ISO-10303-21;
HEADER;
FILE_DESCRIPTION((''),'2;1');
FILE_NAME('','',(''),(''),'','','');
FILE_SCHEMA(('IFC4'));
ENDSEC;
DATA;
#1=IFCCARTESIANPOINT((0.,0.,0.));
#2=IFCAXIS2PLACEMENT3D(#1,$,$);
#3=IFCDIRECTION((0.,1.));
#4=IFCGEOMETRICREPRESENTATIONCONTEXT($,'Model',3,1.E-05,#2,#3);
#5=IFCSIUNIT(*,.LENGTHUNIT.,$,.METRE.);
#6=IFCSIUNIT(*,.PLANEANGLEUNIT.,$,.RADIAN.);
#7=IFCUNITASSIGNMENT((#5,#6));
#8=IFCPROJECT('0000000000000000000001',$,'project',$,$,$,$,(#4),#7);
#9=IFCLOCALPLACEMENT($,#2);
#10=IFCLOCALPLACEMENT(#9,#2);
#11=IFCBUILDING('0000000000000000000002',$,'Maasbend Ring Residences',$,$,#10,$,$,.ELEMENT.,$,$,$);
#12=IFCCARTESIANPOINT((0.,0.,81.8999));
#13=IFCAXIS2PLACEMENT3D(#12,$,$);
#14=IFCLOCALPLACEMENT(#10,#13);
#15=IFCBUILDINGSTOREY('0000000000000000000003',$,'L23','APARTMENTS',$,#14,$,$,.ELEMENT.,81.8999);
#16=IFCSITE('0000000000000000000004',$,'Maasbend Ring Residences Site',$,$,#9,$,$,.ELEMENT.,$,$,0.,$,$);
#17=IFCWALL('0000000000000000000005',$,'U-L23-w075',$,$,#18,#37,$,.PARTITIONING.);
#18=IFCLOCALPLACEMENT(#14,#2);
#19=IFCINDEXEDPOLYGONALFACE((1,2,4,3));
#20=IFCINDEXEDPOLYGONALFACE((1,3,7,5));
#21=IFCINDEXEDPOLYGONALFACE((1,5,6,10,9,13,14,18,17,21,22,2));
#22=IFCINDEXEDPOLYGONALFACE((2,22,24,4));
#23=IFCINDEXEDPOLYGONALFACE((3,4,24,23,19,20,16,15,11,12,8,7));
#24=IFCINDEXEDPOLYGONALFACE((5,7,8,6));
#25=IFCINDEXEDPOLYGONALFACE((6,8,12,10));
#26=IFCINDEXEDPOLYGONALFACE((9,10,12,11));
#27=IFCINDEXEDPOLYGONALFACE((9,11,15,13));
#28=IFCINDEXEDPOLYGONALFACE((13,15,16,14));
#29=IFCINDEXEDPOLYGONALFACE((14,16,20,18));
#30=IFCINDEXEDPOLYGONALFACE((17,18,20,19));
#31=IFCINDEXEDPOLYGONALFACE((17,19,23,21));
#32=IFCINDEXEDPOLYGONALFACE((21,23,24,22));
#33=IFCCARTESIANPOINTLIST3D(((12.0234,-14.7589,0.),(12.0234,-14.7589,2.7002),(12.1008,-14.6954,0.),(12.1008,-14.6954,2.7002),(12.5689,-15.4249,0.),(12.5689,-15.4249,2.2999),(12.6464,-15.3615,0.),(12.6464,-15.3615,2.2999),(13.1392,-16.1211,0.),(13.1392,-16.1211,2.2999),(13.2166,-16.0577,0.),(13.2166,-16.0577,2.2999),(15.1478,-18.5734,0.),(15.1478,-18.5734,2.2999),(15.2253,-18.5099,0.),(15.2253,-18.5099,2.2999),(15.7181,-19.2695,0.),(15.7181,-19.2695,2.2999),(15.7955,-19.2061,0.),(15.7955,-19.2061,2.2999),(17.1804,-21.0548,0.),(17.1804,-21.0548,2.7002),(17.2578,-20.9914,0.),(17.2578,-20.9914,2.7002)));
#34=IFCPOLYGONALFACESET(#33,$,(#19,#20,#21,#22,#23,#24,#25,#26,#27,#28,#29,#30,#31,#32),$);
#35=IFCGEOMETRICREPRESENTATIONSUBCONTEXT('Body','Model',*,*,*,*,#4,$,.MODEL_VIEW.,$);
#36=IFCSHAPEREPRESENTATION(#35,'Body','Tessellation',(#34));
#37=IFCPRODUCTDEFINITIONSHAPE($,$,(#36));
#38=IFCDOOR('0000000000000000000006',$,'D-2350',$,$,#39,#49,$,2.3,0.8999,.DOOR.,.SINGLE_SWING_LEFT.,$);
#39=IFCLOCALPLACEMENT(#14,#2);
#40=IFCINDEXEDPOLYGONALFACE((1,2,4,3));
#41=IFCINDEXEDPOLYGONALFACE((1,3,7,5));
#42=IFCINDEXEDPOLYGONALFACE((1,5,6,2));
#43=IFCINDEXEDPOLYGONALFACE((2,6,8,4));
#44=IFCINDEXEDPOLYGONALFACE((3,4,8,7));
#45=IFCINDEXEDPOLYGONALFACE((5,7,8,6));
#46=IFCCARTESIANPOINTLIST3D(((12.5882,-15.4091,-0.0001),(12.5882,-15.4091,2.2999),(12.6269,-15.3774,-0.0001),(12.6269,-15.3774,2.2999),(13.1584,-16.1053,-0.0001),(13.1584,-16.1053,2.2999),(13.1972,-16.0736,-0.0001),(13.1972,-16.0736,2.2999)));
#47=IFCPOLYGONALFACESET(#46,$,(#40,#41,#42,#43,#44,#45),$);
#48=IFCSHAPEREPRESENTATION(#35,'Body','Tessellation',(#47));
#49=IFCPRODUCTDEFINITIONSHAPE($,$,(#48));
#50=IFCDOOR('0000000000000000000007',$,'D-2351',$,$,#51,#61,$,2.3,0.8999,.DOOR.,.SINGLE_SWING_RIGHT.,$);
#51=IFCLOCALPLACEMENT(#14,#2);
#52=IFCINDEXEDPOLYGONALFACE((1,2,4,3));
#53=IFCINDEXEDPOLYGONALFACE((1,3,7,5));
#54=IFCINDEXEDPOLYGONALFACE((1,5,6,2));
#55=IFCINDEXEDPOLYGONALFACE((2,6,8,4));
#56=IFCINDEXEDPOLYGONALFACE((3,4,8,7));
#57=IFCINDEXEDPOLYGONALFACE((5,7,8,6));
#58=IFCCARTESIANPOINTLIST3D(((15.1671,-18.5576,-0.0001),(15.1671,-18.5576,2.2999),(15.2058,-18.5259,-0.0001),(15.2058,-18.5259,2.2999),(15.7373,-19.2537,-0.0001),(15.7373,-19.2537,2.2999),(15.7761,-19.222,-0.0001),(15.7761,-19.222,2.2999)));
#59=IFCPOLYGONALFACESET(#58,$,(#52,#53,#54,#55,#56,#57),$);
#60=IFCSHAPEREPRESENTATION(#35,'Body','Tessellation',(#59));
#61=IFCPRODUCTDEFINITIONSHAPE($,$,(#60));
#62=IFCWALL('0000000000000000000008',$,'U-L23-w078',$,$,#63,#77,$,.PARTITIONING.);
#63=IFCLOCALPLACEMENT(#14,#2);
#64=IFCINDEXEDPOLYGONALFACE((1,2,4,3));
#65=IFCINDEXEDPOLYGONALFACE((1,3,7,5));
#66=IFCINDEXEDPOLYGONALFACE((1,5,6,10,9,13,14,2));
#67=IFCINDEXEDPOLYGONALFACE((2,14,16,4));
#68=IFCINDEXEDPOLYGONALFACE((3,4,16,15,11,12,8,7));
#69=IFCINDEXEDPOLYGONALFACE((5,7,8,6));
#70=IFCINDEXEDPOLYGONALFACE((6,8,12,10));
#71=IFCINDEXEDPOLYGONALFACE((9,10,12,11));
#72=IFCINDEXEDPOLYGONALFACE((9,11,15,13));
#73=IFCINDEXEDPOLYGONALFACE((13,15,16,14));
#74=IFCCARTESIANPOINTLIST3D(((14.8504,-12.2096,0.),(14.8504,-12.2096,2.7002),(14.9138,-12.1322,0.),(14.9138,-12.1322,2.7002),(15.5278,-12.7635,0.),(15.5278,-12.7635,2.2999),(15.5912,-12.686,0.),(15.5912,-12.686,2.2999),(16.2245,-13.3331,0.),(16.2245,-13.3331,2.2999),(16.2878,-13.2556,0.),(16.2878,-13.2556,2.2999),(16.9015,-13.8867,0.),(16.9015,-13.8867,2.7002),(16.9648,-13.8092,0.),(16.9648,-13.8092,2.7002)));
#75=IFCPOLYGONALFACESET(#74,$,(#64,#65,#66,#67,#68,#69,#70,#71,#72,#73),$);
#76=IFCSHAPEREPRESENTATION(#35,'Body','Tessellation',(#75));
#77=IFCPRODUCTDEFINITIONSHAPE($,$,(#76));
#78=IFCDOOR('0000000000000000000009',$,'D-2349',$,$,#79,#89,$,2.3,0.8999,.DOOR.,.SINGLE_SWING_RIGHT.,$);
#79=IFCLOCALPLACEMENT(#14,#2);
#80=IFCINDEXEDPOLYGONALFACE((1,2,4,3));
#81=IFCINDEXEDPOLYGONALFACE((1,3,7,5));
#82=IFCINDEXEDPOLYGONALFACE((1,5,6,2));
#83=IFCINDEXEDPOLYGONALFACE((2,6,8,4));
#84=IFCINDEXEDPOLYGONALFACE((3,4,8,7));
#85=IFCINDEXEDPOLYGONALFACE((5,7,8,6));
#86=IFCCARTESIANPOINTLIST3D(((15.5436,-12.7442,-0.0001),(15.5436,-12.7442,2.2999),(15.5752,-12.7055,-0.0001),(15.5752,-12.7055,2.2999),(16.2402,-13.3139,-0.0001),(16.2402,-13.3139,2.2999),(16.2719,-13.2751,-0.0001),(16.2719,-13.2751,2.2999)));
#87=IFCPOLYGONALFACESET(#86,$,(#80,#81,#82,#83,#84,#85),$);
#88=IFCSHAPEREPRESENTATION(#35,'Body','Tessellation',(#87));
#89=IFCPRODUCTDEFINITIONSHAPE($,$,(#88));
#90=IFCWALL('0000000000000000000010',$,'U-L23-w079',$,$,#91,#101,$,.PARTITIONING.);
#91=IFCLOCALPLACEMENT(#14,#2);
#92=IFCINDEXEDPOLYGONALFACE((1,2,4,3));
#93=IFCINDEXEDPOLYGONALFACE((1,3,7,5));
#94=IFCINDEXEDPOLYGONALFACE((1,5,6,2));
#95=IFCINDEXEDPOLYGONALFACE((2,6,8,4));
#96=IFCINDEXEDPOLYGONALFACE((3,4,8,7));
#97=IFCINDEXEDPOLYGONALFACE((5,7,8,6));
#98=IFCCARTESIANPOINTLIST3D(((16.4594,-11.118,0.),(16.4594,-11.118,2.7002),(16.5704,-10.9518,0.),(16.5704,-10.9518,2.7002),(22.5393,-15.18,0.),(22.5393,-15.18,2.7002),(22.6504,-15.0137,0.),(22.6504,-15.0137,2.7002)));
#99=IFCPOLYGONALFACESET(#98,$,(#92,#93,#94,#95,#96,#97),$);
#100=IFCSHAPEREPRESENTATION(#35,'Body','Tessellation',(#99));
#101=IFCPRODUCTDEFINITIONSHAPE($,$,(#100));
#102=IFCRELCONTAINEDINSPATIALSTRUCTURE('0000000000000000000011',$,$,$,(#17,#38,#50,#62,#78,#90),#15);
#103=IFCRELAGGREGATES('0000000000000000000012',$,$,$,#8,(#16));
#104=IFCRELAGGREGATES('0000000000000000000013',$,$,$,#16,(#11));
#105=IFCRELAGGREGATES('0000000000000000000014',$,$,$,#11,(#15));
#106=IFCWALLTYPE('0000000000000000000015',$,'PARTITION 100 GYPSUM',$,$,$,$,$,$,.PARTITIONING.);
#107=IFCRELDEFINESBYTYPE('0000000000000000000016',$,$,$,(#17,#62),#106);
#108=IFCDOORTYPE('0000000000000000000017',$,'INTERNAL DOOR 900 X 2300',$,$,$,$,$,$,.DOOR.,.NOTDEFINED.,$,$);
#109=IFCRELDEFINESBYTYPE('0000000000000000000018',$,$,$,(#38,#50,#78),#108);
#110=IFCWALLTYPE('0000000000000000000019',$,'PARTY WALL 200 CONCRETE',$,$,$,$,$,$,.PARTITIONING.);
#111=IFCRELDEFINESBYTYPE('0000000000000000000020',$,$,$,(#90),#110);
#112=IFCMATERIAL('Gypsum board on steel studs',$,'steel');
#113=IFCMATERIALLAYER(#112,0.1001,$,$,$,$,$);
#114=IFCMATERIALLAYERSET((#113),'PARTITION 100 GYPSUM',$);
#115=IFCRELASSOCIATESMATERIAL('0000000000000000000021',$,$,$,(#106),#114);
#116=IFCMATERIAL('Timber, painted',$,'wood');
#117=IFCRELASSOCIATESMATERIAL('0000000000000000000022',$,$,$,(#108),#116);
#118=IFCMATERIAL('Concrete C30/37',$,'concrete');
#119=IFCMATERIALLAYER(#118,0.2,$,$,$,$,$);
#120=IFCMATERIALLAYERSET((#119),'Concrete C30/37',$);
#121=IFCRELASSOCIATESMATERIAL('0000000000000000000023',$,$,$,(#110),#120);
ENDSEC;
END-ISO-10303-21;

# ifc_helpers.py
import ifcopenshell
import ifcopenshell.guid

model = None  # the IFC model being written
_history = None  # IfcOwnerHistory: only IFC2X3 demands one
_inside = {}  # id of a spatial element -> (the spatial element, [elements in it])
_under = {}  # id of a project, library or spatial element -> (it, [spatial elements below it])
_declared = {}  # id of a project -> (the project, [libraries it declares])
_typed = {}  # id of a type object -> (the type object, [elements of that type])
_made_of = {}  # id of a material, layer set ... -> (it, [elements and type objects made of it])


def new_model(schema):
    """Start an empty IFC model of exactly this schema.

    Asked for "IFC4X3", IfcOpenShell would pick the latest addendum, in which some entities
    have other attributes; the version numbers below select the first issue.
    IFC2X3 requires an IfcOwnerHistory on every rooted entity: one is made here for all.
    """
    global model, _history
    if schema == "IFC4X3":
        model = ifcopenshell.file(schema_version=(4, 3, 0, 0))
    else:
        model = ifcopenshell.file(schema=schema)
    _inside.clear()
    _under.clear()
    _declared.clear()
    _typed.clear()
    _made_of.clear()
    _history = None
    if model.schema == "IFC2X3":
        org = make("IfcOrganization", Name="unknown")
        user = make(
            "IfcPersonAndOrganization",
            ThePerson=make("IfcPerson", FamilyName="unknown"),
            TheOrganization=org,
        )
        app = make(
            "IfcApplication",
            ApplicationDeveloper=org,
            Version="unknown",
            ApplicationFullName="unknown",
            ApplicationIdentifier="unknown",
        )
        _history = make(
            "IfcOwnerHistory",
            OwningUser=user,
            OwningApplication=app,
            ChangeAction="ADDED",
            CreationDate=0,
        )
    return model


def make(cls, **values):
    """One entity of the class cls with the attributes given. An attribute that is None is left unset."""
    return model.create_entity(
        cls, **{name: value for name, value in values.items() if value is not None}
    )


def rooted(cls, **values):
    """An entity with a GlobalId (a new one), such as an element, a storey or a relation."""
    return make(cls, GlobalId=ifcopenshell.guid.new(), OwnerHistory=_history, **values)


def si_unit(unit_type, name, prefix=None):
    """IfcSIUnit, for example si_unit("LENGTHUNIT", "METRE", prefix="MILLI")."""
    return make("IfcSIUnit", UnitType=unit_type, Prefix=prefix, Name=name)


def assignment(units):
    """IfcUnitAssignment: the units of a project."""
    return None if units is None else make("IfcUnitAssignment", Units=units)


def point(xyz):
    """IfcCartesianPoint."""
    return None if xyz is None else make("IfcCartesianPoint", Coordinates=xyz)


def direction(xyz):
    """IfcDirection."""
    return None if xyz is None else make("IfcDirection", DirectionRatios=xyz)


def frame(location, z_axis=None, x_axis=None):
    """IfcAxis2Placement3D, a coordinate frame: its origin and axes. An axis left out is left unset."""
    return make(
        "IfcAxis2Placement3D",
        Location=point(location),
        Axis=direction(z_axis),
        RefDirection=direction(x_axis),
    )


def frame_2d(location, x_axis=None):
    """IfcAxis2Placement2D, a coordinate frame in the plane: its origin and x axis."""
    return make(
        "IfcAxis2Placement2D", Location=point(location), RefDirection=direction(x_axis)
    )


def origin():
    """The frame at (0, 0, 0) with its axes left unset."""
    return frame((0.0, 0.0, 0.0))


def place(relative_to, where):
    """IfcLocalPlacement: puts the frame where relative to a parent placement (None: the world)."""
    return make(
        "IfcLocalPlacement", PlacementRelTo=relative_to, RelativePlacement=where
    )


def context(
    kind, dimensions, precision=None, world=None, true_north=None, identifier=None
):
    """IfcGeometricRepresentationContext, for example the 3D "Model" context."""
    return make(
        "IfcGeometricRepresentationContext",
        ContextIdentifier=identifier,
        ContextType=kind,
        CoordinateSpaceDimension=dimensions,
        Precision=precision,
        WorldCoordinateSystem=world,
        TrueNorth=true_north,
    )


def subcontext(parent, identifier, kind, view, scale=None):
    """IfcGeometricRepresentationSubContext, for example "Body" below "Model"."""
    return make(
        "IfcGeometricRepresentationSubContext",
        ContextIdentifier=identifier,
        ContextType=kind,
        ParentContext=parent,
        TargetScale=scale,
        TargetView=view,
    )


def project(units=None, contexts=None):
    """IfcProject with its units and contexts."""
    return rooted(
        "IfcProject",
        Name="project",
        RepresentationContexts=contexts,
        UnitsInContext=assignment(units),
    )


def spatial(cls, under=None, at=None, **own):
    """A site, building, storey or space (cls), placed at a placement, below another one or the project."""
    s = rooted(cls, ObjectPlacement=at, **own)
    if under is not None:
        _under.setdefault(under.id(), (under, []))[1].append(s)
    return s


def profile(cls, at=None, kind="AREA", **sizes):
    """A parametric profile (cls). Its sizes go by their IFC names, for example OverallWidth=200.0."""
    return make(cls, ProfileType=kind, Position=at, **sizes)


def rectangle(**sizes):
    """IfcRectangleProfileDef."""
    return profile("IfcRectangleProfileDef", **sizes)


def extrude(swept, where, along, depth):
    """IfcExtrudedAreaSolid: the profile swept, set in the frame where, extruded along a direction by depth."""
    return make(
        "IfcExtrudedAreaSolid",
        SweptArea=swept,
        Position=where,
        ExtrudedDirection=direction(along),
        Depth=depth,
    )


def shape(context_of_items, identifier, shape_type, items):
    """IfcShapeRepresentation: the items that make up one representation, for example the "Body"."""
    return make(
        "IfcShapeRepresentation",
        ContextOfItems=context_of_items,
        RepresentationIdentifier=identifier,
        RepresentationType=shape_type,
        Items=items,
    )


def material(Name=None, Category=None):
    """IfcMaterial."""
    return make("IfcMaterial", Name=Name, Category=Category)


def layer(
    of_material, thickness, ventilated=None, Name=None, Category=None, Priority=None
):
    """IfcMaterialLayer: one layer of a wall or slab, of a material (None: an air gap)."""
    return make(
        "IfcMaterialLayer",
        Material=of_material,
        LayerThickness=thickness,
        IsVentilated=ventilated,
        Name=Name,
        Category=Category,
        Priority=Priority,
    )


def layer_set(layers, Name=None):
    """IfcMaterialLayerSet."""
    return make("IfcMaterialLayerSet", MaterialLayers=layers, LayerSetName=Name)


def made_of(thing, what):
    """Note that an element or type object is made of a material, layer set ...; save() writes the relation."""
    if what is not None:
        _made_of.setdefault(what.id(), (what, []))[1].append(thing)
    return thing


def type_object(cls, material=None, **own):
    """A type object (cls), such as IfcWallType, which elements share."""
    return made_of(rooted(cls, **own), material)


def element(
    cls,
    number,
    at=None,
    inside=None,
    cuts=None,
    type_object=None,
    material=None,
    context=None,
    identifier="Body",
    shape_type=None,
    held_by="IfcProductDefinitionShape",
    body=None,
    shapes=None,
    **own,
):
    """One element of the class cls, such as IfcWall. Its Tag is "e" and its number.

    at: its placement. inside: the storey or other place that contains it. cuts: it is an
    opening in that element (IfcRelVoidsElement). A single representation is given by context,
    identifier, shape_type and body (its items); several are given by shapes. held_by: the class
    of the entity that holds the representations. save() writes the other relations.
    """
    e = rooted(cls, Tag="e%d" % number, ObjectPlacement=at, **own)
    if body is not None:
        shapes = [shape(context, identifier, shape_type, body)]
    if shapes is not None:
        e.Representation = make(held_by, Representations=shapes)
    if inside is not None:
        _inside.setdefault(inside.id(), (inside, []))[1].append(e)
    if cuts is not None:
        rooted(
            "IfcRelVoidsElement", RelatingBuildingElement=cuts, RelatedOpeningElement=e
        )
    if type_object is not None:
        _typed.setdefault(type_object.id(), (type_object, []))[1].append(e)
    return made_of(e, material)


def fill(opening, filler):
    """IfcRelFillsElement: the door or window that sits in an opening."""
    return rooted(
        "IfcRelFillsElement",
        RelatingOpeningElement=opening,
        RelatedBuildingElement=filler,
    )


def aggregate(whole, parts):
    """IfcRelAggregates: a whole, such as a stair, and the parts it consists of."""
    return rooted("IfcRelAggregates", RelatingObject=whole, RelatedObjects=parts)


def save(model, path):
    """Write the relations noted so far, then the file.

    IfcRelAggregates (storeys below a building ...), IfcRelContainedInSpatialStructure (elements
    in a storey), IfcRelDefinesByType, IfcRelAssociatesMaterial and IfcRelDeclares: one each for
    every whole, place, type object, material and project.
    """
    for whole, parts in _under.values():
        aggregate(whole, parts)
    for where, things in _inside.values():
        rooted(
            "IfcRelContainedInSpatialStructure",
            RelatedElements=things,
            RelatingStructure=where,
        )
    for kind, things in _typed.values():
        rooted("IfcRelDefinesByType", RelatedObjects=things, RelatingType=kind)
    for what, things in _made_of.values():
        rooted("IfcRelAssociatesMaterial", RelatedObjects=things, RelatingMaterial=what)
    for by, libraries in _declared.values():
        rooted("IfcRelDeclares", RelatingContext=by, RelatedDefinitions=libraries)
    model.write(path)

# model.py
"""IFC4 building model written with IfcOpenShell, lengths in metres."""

from ifc_helpers import new_model, si_unit, direction, frame, frame_2d, origin, place, context, subcontext, project, spatial, rectangle, extrude, material, layer, layer_set, type_object, element, fill, save


model = new_model("IFC4")

# Units and contexts
model_context = context("Model", 3, precision=1e-05, world=origin(), true_north=direction((0.0, 1.0)))
body_context = subcontext(model_context, "Body", "Model", "MODEL_VIEW")
ifc_project = project(units=[si_unit("LENGTHUNIT", "METRE"), si_unit("PLANEANGLEUNIT", "RADIAN")], contexts=[model_context])

# Site, building, storey
site_placement = place(None, origin())
site = spatial("IfcSite", under=ifc_project, at=site_placement, Name="Maasbend Ring Residences Site", CompositionType="ELEMENT", RefElevation=0.0)
building_placement = place(site_placement, origin())
building = spatial("IfcBuilding", under=site, at=building_placement, Name="Maasbend Ring Residences", CompositionType="ELEMENT")
storey_placement = place(building_placement, frame((0.0, 0.0, 81.8999)))
storey = spatial("IfcBuildingStorey", under=building, at=storey_placement, Name="L23", Description="APARTMENTS", CompositionType="ELEMENT", Elevation=81.8999)

# Shared definitions
ifc_material_1 = material(Name="Gypsum board on steel studs", Category="steel")
ifc_layer_1 = layer(ifc_material_1, 0.1001)
ifc_layer_set_1 = layer_set([ifc_layer_1], Name="PARTITION 100 GYPSUM")
wall_type_1 = type_object("IfcWallType", Name="PARTITION 100 GYPSUM", PredefinedType="PARTITIONING", material=ifc_layer_set_1)

# Wall, openings, doors
wall_1_placement = place(storey_placement, frame((12.062, -14.7271, 0.0), z_axis=(0.0, 0.0, 1.0), x_axis=(0.633664, -0.773608, 0.0)))
wall_1 = element("IfcWall", 1, at=wall_1_placement, inside=storey, type_object=wall_type_1, Name="U-L23-w075", PredefinedType="PARTITIONING", context=body_context, shape_type="SweptSolid", body=[
    extrude(rectangle(XDim=8.1384, YDim=0.1001, at=frame_2d((4.0693, 0.0))), origin(), (0.0, 0.0, 1.0), 2.7002),
])
opening_1_placement = place(wall_1_placement, frame((0.8611, 0.0, 0.0)))
opening_1 = element("IfcOpeningElement", 2, at=opening_1_placement, cuts=wall_1, PredefinedType="OPENING", context=body_context, shape_type="SweptSolid", body=[
    extrude(rectangle(XDim=0.8999, YDim=2.3, at=frame_2d((0.45, 1.1499))), frame((0.0, 0.0601, 0.0), z_axis=(0.0, -1.0, 0.0), x_axis=(1.0, 0.0, 0.0)), (0.0, 0.0, 1.0), 0.1201),
])
opening_2_placement = place(wall_1_placement, frame((4.9309, 0.0, 0.0)))
opening_2 = element("IfcOpeningElement", 3, at=opening_2_placement, cuts=wall_1, PredefinedType="OPENING", context=body_context, shape_type="SweptSolid", body=[
    extrude(rectangle(XDim=0.8999, YDim=2.3, at=frame_2d((0.45, 1.1499))), frame((0.0, 0.0601, 0.0), z_axis=(0.0, -1.0, 0.0), x_axis=(1.0, 0.0, 0.0)), (0.0, 0.0, 1.0), 0.1201),
])
ifc_material_2 = material(Name="Timber, painted", Category="wood")
door_type_1 = type_object("IfcDoorType", Name="INTERNAL DOOR 900 X 2300", OperationType="NOTDEFINED", PredefinedType="DOOR", material=ifc_material_2)
door_1_placement = place(opening_1_placement, origin())
door_1 = element("IfcDoor", 4, at=door_1_placement, inside=storey, type_object=door_type_1, Name="D-2350", OperationType="SINGLE_SWING_LEFT", OverallHeight=2.3, OverallWidth=0.8999, PredefinedType="DOOR", context=body_context, shape_type="SweptSolid", body=[
    extrude(rectangle(XDim=0.8999, YDim=2.3, at=frame_2d((0.45, 1.1499))), frame((0.0, 0.0249, 0.0), z_axis=(0.0, -1.0, 0.0), x_axis=(1.0, 0.0, 0.0)), (0.0, 0.0, 1.0), 0.05),
])
fill(opening_1, door_1)
door_2_placement = place(opening_2_placement, origin())
door_2 = element("IfcDoor", 5, at=door_2_placement, inside=storey, type_object=door_type_1, Name="D-2351", OperationType="SINGLE_SWING_RIGHT", OverallHeight=2.3, OverallWidth=0.8999, PredefinedType="DOOR", context=body_context, shape_type="SweptSolid", body=[
    extrude(rectangle(XDim=0.8999, YDim=2.3, at=frame_2d((0.45, 1.1499))), frame((0.0, 0.0249, 0.0), z_axis=(0.0, -1.0, 0.0), x_axis=(1.0, 0.0, 0.0)), (0.0, 0.0, 1.0), 0.05),
])
fill(opening_2, door_2)

# Wall, opening, door
wall_2_placement = place(storey_placement, frame((14.8821, -12.1709, 0.0), z_axis=(0.0, 0.0, 1.0), x_axis=(0.774163, -0.632987, 0.0)))
wall_2 = element("IfcWall", 6, at=wall_2_placement, inside=storey, type_object=wall_type_1, Name="U-L23-w078", PredefinedType="PARTITIONING", context=body_context, shape_type="SweptSolid", body=[
    extrude(rectangle(XDim=2.6494, YDim=0.1001, at=frame_2d((1.3247, 0.0))), origin(), (0.0, 0.0, 1.0), 2.7002),
])
opening_3_placement = place(wall_2_placement, frame((0.875, 0.0, 0.0)))
opening_3 = element("IfcOpeningElement", 7, at=opening_3_placement, cuts=wall_2, PredefinedType="OPENING", context=body_context, shape_type="SweptSolid", body=[
    extrude(rectangle(XDim=0.8999, YDim=2.3, at=frame_2d((0.45, 1.1499))), frame((0.0, 0.0601, 0.0), z_axis=(0.0, -1.0, 0.0), x_axis=(1.0, 0.0, 0.0)), (0.0, 0.0, 1.0), 0.1201),
])
door_3_placement = place(opening_3_placement, origin())
door_3 = element("IfcDoor", 8, at=door_3_placement, inside=storey, type_object=door_type_1, Name="D-2349", OperationType="SINGLE_SWING_RIGHT", OverallHeight=2.3, OverallWidth=0.8999, PredefinedType="DOOR", context=body_context, shape_type="SweptSolid", body=[
    extrude(rectangle(XDim=0.8999, YDim=2.3, at=frame_2d((0.45, 1.1499))), frame((0.0, 0.0249, 0.0), z_axis=(0.0, -1.0, 0.0), x_axis=(1.0, 0.0, 0.0)), (0.0, 0.0, 1.0), 0.05),
])
fill(opening_3, door_3)

# Wall
ifc_material_3 = material(Name="Concrete C30/37", Category="concrete")
ifc_layer_2 = layer(ifc_material_3, 0.2)
ifc_layer_set_2 = layer_set([ifc_layer_2], Name="Concrete C30/37")
wall_type_2 = type_object("IfcWallType", Name="PARTY WALL 200 CONCRETE", PredefinedType="PARTITIONING", material=ifc_layer_set_2)
wall_3_placement = place(storey_placement, frame((16.5149, -11.0349, 0.0), z_axis=(0.0, 0.0, 1.0), x_axis=(0.831505, -0.555517, 0.0)))
element("IfcWall", 9, at=wall_3_placement, inside=storey, type_object=wall_type_2, Name="U-L23-w079", PredefinedType="PARTITIONING", context=body_context, shape_type="SweptSolid", body=[
    extrude(rectangle(XDim=7.312, YDim=0.2, at=frame_2d((3.656, 0.0))), origin(), (0.0, 0.0, 1.0), 2.7002),
])

save(model, "model.ifc")
